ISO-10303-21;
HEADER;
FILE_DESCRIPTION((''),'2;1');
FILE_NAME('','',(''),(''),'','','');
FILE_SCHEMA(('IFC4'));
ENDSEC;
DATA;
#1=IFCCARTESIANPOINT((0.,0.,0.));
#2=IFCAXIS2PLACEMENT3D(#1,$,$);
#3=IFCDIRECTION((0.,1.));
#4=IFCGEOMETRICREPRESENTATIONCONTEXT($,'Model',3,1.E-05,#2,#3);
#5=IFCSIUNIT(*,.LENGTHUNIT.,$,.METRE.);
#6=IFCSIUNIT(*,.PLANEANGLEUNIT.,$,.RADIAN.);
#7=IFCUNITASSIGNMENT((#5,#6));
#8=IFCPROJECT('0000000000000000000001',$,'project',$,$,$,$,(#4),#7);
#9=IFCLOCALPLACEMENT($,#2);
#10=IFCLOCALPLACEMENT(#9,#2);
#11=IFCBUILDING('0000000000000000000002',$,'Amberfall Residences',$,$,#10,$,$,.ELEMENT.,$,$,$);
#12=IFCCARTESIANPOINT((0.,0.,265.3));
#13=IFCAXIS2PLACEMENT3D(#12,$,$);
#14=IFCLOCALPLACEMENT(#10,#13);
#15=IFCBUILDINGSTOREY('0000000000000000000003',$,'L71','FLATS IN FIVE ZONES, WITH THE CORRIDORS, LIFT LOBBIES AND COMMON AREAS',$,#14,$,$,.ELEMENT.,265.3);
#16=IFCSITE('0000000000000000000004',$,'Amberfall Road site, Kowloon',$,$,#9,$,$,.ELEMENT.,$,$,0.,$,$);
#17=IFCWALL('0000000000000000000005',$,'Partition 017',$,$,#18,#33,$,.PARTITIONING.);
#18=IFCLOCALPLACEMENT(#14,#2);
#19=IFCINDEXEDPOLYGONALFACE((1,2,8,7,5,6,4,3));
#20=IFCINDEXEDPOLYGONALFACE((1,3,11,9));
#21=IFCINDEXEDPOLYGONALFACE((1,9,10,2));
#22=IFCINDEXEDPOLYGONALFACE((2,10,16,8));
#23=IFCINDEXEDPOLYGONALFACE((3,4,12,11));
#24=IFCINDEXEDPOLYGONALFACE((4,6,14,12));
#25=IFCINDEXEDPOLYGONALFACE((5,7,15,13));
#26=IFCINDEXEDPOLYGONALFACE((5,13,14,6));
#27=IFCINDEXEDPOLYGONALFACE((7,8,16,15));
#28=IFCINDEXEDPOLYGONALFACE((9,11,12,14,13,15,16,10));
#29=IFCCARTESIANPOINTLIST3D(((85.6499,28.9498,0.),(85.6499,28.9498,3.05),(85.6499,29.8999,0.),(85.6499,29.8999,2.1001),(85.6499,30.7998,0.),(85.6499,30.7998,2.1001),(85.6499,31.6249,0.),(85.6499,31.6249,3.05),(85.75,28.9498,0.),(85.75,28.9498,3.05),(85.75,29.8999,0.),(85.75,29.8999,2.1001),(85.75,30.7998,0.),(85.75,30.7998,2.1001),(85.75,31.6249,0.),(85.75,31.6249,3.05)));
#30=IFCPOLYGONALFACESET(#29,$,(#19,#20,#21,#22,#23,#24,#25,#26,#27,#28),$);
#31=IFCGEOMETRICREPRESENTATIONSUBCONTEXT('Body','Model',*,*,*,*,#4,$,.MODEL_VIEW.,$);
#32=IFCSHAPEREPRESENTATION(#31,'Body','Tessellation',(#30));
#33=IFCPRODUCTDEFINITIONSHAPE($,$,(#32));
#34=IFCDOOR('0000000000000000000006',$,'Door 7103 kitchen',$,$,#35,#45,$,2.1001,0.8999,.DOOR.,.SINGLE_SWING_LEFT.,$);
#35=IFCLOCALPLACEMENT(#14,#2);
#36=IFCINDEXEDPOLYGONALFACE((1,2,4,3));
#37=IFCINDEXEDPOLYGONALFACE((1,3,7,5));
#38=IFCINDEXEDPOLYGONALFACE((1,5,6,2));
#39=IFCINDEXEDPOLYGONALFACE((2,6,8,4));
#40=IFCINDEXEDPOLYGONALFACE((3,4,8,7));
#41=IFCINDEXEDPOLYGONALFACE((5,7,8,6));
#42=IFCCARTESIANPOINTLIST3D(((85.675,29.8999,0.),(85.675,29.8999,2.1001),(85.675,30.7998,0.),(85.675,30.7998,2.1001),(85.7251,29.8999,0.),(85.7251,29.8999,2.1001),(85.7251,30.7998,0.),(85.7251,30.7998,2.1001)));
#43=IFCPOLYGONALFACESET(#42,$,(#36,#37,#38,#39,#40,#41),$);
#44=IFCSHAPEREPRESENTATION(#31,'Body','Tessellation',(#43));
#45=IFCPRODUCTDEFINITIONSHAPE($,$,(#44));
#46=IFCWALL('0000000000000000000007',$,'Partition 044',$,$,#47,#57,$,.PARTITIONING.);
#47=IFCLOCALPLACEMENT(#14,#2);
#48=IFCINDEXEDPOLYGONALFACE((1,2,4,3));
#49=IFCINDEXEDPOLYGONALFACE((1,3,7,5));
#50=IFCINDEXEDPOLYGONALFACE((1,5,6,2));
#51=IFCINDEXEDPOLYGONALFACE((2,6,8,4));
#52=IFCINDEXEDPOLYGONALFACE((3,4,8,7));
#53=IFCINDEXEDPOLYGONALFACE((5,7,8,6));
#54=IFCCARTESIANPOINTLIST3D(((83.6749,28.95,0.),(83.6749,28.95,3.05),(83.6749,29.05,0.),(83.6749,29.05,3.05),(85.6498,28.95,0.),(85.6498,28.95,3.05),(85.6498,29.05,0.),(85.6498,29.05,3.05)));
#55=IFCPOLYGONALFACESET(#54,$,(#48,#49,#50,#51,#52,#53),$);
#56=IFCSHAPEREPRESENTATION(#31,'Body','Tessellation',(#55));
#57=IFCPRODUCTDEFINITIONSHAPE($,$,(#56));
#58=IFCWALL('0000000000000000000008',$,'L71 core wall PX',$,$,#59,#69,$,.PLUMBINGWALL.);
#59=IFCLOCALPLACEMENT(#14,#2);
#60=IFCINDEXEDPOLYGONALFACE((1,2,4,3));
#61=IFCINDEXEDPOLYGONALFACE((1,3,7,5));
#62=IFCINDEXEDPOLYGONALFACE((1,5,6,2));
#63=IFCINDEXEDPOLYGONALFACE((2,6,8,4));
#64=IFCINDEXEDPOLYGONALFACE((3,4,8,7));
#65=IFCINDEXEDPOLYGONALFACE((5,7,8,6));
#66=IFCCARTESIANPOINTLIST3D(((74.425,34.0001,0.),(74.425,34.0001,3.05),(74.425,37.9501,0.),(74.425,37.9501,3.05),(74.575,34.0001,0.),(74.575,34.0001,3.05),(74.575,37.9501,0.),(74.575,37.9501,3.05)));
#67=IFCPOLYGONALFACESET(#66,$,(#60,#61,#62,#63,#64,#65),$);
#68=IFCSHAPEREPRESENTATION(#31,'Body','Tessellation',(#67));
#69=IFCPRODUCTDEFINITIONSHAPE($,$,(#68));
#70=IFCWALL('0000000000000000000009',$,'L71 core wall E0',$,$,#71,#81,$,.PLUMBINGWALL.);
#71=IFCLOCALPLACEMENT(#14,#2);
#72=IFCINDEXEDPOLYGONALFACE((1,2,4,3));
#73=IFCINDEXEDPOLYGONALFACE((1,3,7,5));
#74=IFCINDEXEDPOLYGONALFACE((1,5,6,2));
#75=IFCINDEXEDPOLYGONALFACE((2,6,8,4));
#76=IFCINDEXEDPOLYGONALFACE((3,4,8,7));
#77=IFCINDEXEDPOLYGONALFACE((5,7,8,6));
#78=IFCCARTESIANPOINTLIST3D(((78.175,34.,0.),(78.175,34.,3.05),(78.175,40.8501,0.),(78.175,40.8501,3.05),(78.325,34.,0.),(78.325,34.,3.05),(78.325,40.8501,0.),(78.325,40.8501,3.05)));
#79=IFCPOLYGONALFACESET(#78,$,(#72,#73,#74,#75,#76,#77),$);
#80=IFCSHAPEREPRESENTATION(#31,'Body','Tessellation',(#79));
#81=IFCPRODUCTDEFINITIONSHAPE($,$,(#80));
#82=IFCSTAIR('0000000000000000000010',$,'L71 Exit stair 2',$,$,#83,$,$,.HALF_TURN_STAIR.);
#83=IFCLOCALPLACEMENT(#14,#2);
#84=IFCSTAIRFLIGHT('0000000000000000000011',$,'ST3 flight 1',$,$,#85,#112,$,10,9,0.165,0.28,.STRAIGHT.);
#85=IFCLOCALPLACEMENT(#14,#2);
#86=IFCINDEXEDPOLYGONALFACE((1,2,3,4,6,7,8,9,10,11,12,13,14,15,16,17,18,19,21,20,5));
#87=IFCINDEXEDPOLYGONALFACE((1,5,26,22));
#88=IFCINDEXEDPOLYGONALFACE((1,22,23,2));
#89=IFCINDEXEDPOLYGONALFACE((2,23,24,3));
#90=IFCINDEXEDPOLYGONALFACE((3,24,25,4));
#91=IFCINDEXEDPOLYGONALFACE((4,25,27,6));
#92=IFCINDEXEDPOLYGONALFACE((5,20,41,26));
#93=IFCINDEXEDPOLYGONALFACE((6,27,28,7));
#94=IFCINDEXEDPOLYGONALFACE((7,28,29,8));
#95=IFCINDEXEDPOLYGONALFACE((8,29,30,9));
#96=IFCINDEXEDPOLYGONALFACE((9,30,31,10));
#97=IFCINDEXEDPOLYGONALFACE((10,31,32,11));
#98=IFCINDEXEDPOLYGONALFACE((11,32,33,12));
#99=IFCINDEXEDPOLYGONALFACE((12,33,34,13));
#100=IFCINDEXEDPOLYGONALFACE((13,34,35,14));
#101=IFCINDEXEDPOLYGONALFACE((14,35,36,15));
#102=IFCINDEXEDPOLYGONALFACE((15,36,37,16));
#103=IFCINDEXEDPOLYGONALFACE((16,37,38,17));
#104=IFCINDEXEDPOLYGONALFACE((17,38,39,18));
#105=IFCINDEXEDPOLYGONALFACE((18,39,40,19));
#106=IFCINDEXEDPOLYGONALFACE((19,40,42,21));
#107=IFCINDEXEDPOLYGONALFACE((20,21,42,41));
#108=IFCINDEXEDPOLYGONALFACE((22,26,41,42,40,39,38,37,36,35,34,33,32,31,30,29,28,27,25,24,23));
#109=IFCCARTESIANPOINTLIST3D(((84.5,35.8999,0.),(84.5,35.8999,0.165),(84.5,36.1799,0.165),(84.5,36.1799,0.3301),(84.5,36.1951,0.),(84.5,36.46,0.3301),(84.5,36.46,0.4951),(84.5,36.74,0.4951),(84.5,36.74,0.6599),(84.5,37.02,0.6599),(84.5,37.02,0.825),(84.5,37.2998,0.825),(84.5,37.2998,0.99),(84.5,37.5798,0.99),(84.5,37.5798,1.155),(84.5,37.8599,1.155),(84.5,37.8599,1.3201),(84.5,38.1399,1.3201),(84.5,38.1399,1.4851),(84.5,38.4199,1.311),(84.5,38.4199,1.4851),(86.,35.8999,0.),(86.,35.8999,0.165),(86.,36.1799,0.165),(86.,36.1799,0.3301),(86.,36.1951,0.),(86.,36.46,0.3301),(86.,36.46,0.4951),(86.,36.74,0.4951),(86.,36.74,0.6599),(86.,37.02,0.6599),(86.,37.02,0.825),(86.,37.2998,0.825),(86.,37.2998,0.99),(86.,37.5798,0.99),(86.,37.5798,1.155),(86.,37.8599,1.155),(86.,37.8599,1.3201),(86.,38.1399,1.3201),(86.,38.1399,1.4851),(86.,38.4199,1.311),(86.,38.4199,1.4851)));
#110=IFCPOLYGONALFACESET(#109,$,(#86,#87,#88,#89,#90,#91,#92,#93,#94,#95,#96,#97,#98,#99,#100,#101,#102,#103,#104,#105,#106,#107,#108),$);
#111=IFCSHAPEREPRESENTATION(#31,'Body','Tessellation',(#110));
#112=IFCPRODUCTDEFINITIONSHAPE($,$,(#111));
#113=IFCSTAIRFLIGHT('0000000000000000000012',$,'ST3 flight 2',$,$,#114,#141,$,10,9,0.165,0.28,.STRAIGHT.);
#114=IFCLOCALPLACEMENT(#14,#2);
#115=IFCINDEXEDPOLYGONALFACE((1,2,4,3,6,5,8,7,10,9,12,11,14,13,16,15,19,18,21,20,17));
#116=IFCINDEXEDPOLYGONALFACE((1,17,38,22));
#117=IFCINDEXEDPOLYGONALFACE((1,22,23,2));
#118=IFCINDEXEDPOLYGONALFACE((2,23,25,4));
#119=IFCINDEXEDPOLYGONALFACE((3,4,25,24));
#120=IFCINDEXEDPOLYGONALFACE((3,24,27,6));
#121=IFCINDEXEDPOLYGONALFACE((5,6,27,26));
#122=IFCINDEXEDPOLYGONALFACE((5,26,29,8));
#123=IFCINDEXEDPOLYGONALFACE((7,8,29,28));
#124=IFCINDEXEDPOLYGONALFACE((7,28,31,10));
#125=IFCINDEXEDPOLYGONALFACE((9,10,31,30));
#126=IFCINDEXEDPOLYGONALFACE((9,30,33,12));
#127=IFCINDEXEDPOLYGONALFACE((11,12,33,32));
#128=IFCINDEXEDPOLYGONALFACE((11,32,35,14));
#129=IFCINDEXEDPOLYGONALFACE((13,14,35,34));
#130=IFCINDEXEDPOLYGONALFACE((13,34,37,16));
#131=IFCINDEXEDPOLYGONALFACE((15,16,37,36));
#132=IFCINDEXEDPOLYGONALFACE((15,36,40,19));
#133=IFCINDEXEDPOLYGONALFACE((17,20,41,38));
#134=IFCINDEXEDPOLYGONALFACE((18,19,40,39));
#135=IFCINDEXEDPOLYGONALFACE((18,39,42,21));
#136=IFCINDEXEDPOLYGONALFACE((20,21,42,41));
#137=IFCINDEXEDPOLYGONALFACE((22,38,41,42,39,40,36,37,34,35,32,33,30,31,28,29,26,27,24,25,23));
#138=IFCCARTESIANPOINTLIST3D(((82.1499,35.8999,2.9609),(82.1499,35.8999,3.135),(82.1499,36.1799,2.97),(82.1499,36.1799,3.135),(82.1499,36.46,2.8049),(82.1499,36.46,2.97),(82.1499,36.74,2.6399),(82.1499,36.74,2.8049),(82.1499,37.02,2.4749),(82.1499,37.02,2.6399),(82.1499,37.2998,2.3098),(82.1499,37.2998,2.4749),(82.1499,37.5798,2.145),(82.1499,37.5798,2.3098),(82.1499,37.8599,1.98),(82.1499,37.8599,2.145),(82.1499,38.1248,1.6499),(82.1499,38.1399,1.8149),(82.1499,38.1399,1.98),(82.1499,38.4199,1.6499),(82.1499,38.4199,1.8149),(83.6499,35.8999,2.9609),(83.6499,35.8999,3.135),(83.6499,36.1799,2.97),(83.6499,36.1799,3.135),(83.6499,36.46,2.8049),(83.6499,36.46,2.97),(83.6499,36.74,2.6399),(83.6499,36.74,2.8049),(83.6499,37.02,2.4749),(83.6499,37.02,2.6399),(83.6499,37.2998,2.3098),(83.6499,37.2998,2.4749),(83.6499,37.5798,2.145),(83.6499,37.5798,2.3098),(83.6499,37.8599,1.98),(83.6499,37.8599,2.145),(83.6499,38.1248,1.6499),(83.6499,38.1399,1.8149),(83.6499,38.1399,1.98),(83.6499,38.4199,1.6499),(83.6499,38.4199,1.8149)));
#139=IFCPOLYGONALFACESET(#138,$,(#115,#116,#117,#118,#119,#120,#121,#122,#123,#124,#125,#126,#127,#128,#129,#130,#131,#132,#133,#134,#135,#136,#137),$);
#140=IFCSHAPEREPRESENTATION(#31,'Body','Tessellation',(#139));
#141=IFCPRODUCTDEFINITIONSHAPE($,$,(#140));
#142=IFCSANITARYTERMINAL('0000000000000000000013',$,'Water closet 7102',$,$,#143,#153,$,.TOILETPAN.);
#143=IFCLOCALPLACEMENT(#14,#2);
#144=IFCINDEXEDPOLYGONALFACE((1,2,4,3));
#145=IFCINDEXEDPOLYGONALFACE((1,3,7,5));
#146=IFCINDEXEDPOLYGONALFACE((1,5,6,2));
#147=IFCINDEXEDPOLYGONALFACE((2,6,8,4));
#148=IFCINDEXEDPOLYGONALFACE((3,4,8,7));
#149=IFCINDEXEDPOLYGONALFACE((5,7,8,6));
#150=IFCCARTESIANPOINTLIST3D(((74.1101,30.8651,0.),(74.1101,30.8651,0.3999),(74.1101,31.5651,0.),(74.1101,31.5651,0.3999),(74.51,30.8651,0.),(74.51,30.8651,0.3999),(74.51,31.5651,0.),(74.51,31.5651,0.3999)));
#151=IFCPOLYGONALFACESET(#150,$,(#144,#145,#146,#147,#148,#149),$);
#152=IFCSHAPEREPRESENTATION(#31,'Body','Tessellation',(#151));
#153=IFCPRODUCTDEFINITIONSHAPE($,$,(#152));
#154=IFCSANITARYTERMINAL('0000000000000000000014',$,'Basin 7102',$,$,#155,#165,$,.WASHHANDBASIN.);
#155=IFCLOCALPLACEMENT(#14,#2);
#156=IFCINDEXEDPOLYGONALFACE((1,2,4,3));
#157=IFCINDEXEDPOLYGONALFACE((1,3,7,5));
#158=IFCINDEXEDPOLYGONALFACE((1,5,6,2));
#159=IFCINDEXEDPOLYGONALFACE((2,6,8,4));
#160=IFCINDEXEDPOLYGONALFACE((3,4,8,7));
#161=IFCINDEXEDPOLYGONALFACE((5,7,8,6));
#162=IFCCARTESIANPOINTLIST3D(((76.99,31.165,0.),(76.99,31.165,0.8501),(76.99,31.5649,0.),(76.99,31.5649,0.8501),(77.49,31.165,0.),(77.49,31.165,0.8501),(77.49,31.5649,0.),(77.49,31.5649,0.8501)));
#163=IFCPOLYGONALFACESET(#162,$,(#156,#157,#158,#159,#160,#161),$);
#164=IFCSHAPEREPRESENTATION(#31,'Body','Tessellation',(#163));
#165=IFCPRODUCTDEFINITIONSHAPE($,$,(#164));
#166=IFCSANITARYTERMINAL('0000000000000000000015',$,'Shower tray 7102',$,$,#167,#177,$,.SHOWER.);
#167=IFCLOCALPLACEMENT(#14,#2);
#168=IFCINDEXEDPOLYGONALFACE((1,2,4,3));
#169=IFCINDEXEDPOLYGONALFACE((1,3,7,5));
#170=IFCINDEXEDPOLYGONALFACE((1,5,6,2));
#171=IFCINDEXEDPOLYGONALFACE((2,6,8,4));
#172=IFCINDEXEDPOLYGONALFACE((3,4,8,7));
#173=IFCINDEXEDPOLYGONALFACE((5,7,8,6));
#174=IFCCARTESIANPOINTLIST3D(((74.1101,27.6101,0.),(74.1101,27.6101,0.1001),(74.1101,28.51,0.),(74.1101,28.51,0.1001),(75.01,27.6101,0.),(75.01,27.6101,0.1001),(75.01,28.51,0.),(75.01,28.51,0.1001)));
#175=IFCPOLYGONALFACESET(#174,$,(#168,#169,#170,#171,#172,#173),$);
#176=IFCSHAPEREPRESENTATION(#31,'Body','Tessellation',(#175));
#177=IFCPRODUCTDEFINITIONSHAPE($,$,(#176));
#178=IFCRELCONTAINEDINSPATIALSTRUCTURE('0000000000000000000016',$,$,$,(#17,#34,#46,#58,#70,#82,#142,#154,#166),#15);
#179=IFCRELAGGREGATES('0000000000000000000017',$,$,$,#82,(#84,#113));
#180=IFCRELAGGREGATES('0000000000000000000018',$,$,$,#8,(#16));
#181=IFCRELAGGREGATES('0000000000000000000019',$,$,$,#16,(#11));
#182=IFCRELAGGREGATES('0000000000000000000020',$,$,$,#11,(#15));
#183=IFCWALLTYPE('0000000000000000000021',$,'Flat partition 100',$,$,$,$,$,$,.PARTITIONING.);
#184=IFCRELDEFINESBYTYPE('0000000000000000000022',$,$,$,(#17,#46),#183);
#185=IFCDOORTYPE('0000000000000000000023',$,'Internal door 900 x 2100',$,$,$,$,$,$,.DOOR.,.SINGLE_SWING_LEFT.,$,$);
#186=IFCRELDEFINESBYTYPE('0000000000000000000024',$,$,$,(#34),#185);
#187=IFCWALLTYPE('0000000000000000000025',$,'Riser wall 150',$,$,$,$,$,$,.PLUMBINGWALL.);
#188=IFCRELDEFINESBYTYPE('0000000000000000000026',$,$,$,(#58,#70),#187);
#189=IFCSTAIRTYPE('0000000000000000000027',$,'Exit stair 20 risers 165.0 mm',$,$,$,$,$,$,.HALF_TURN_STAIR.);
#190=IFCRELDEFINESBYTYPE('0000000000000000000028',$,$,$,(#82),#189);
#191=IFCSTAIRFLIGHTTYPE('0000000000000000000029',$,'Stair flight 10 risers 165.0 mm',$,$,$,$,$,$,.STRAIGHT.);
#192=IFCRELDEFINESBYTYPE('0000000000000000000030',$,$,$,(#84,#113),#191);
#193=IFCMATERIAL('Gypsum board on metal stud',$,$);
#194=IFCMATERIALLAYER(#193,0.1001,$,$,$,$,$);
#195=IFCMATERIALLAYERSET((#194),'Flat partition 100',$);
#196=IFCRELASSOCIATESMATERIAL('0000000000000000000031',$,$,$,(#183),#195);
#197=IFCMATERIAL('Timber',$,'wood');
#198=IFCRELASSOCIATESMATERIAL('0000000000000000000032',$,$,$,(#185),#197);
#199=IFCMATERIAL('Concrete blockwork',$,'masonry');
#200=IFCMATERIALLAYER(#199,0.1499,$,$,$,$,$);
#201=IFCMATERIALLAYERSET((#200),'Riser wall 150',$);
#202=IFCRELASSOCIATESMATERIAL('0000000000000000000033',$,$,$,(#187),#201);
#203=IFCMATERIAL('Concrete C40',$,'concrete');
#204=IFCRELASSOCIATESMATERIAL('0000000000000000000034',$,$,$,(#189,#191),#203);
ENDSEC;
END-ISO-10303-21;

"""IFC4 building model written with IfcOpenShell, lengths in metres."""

from ifc_helpers import new_model, si_unit, direction, frame, frame_2d, origin, origin_2d, place, context, subcontext, project, spatial, polyline, rectangle, outline, extrude, material, layer, layer_set, type_object, element, fill, aggregate, save


model = new_model("IFC4")

# Units and contexts
model_context = context("Model", 3, precision=1e-05, world=origin(), true_north=direction((0.0, 1.0)))
body_context = subcontext(model_context, "Body", "Model", "MODEL_VIEW")
ifc_project = project(units=[si_unit("LENGTHUNIT", "METRE"), si_unit("PLANEANGLEUNIT", "RADIAN")], contexts=[model_context])

# Site, building, storey
site_placement = place(None, origin())
site = spatial("IfcSite", under=ifc_project, at=site_placement, Name="Amberfall Road site, Kowloon", CompositionType="ELEMENT", RefElevation=0.0)
building_placement = place(site_placement, origin())
building = spatial("IfcBuilding", under=site, at=building_placement, Name="Amberfall Residences", CompositionType="ELEMENT")
storey_placement = place(building_placement, frame((0.0, 0.0, 265.3)))
storey = spatial("IfcBuildingStorey", under=building, at=storey_placement, Name="L71", Description="FLATS IN FIVE ZONES, WITH THE CORRIDORS, LIFT LOBBIES AND COMMON AREAS", CompositionType="ELEMENT", Elevation=265.3)

# Wall, opening, door
ifc_material_1 = material(Name="Gypsum board on metal stud")
ifc_layer_1 = layer(ifc_material_1, 0.1001)
ifc_layer_set_1 = layer_set([ifc_layer_1], Name="Flat partition 100")
wall_type_1 = type_object("IfcWallType", Name="Flat partition 100", PredefinedType="PARTITIONING", material=ifc_layer_set_1)
ifc_material_2 = material(Name="Timber", Category="wood")
door_type_1 = type_object("IfcDoorType", Name="Internal door 900 x 2100", OperationType="SINGLE_SWING_LEFT", PredefinedType="DOOR", material=ifc_material_2)
wall_1_placement = place(storey_placement, frame((85.7, 28.95, 0.0), z_axis=(0.0, 0.0, 1.0), x_axis=(0.0, 1.0, 0.0)))
wall_1 = element("IfcWall", 1, at=wall_1_placement, inside=storey, type_object=wall_type_1, Name="Partition 017", PredefinedType="PARTITIONING", context=body_context, shape_type="SweptSolid", body=[
    extrude(rectangle(XDim=2.675, YDim=0.1001, at=frame_2d((1.3374, 0.0))), origin(), (0.0, 0.0, 1.0), 3.05),
])
opening_1_placement = place(wall_1_placement, frame((0.95, 0.0, 0.0)))
opening_1 = element("IfcOpeningElement", 2, at=opening_1_placement, cuts=wall_1, PredefinedType="OPENING", context=body_context, shape_type="SweptSolid", body=[
    extrude(rectangle(XDim=0.8999, YDim=2.1001, at=frame_2d((0.45, 1.05))), frame((0.0, 0.0601, 0.0), z_axis=(0.0, -1.0, 0.0), x_axis=(1.0, 0.0, 0.0)), (0.0, 0.0, 1.0), 0.1201),
])
door_1_placement = place(opening_1_placement, origin())
door_1 = element("IfcDoor", 3, at=door_1_placement, inside=storey, type_object=door_type_1, Name="Door 7103 kitchen", OperationType="SINGLE_SWING_LEFT", OverallHeight=2.1001, OverallWidth=0.8999, PredefinedType="DOOR", context=body_context, shape_type="SweptSolid", body=[
    extrude(rectangle(XDim=0.8999, YDim=2.1001, at=frame_2d((0.45, 1.05))), frame((0.0, 0.0249, 0.0), z_axis=(0.0, -1.0, 0.0), x_axis=(1.0, 0.0, 0.0)), (0.0, 0.0, 1.0), 0.05),
])
fill(opening_1, door_1)

# Walls
wall_2_placement = place(storey_placement, frame((83.675, 29.0, 0.0), z_axis=(0.0, 0.0, 1.0), x_axis=(1.0, 0.0, 0.0)))
element("IfcWall", 4, at=wall_2_placement, inside=storey, type_object=wall_type_1, Name="Partition 044", PredefinedType="PARTITIONING", context=body_context, shape_type="SweptSolid", body=[
    extrude(rectangle(XDim=1.9749, YDim=0.1001, at=frame_2d((0.9873, 0.0))), origin(), (0.0, 0.0, 1.0), 3.05),
])
ifc_material_3 = material(Name="Concrete blockwork", Category="masonry")
ifc_layer_2 = layer(ifc_material_3, 0.1499)
ifc_layer_set_2 = layer_set([ifc_layer_2], Name="Riser wall 150")
wall_type_2 = type_object("IfcWallType", Name="Riser wall 150", PredefinedType="PLUMBINGWALL", material=ifc_layer_set_2)
wall_3_placement = place(storey_placement, frame((74.5, 34.0, 0.0), z_axis=(0.0, 0.0, 1.0), x_axis=(0.0, 1.0, 0.0)))
element("IfcWall", 5, at=wall_3_placement, inside=storey, type_object=wall_type_2, Name="L71 core wall PX", PredefinedType="PLUMBINGWALL", context=body_context, shape_type="SweptSolid", body=[
    extrude(rectangle(XDim=3.95, YDim=0.1499, at=frame_2d((1.9751, 0.0))), origin(), (0.0, 0.0, 1.0), 3.05),
])
wall_4_placement = place(storey_placement, frame((78.25, 34.0, 0.0), z_axis=(0.0, 0.0, 1.0), x_axis=(0.0, 1.0, 0.0)))
element("IfcWall", 6, at=wall_4_placement, inside=storey, type_object=wall_type_2, Name="L71 core wall E0", PredefinedType="PLUMBINGWALL", context=body_context, shape_type="SweptSolid", body=[
    extrude(rectangle(XDim=6.8501, YDim=0.1499, at=frame_2d((3.425, 0.0))), origin(), (0.0, 0.0, 1.0), 3.05),
])

# Stair, stair flights
ifc_material_4 = material(Name="Concrete C40", Category="concrete")
stair_type = type_object("IfcStairType", Name="Exit stair 20 risers 165.0 mm", PredefinedType="HALF_TURN_STAIR", material=ifc_material_4)
stair_placement = place(storey_placement, origin())
stair = element("IfcStair", 7, at=stair_placement, inside=storey, type_object=stair_type, Name="L71 Exit stair 2", PredefinedType="HALF_TURN_STAIR")
stair_flight_type = type_object("IfcStairFlightType", Name="Stair flight 10 risers 165.0 mm", PredefinedType="STRAIGHT", material=ifc_material_4)
stair_flight_1_placement = place(storey_placement, frame((85.25, 35.8999, 0.0), z_axis=(0.0, 0.0, 1.0), x_axis=(0.0, 1.0, 0.0)))
stair_flight_1 = element("IfcStairFlight", 8, at=stair_flight_1_placement, type_object=stair_flight_type, Name="ST3 flight 1", NumberOfRisers=10, NumberOfTreads=9, PredefinedType="STRAIGHT", RiserHeight=0.165, TreadLength=0.28, context=body_context, shape_type="SweptSolid", body=[
    extrude(outline(polyline([(0.0, 0.0), (0.0, 0.165), (0.28, 0.165), (0.28, 0.3301), (0.5601, 0.3301), (0.5601, 0.4951), (0.8401, 0.4951), (0.8401, 0.6599), (1.1201, 0.6599), (1.1201, 0.825), (1.3999, 0.825), (1.3999, 0.99), (1.6799, 0.99), (1.6799, 1.155), (1.96, 1.155), (1.96, 1.3201), (2.24, 1.3201), (2.24, 1.4851), (2.52, 1.4851), (2.52, 1.6499), (2.52, 1.311), (0.2952, 0.0), (0.0, 0.0)])), frame((0.0, 0.75, 0.0), z_axis=(0.0, -1.0, 0.0), x_axis=(1.0, 0.0, 0.0)), (0.0, 0.0, 1.0), 1.5),
])
stair_flight_2_placement = place(storey_placement, frame((82.8999, 38.4199, 1.6499), z_axis=(0.0, 0.0, 1.0), x_axis=(0.0, -1.0, 0.0)))
stair_flight_2 = element("IfcStairFlight", 9, at=stair_flight_2_placement, type_object=stair_flight_type, Name="ST3 flight 2", NumberOfRisers=10, NumberOfTreads=9, PredefinedType="STRAIGHT", RiserHeight=0.165, TreadLength=0.28, context=body_context, shape_type="SweptSolid", body=[
    extrude(outline(polyline([(0.0, 0.0), (0.0, 0.165), (0.28, 0.165), (0.28, 0.3301), (0.5601, 0.3301), (0.5601, 0.4951), (0.8401, 0.4951), (0.8401, 0.6599), (1.1201, 0.6599), (1.1201, 0.825), (1.3999, 0.825), (1.3999, 0.99), (1.6799, 0.99), (1.6799, 1.155), (1.96, 1.155), (1.96, 1.3201), (2.24, 1.3201), (2.24, 1.4851), (2.52, 1.4851), (2.52, 1.6499), (2.52, 1.311), (0.2952, 0.0), (0.0, 0.0)])), frame((0.0, 0.75, 0.0), z_axis=(0.0, -1.0, 0.0), x_axis=(1.0, 0.0, 0.0)), (0.0, 0.0, 1.0), 1.5),
])
aggregate(stair, [stair_flight_1, stair_flight_2])

# Sanitary terminals
sanitary_terminal_1_placement = place(storey_placement, frame((74.3101, 31.2151, 0.0), z_axis=(0.0, 0.0, 1.0), x_axis=(1.0, 0.0, 0.0)))
element("IfcSanitaryTerminal", 10, at=sanitary_terminal_1_placement, inside=storey, Name="Water closet 7102", PredefinedType="TOILETPAN", context=body_context, shape_type="SweptSolid", body=[
    extrude(rectangle(XDim=0.3999, YDim=0.7, at=origin_2d()), origin(), (0.0, 0.0, 1.0), 0.3999),
])
sanitary_terminal_2_placement = place(storey_placement, frame((77.24, 31.365, 0.0), z_axis=(0.0, 0.0, 1.0), x_axis=(1.0, 0.0, 0.0)))
element("IfcSanitaryTerminal", 11, at=sanitary_terminal_2_placement, inside=storey, Name="Basin 7102", PredefinedType="WASHHANDBASIN", context=body_context, shape_type="SweptSolid", body=[
    extrude(rectangle(XDim=0.5, YDim=0.3999, at=origin_2d()), origin(), (0.0, 0.0, 1.0), 0.8501),
])
sanitary_terminal_3_placement = place(storey_placement, frame((74.5601, 28.0601, 0.0), z_axis=(0.0, 0.0, 1.0), x_axis=(1.0, 0.0, 0.0)))
element("IfcSanitaryTerminal", 12, at=sanitary_terminal_3_placement, inside=storey, Name="Shower tray 7102", PredefinedType="SHOWER", context=body_context, shape_type="SweptSolid", body=[
    extrude(rectangle(XDim=0.8999, YDim=0.8999, at=origin_2d()), origin(), (0.0, 0.0, 1.0), 0.1001),
])

save(model, "model.ifc")
